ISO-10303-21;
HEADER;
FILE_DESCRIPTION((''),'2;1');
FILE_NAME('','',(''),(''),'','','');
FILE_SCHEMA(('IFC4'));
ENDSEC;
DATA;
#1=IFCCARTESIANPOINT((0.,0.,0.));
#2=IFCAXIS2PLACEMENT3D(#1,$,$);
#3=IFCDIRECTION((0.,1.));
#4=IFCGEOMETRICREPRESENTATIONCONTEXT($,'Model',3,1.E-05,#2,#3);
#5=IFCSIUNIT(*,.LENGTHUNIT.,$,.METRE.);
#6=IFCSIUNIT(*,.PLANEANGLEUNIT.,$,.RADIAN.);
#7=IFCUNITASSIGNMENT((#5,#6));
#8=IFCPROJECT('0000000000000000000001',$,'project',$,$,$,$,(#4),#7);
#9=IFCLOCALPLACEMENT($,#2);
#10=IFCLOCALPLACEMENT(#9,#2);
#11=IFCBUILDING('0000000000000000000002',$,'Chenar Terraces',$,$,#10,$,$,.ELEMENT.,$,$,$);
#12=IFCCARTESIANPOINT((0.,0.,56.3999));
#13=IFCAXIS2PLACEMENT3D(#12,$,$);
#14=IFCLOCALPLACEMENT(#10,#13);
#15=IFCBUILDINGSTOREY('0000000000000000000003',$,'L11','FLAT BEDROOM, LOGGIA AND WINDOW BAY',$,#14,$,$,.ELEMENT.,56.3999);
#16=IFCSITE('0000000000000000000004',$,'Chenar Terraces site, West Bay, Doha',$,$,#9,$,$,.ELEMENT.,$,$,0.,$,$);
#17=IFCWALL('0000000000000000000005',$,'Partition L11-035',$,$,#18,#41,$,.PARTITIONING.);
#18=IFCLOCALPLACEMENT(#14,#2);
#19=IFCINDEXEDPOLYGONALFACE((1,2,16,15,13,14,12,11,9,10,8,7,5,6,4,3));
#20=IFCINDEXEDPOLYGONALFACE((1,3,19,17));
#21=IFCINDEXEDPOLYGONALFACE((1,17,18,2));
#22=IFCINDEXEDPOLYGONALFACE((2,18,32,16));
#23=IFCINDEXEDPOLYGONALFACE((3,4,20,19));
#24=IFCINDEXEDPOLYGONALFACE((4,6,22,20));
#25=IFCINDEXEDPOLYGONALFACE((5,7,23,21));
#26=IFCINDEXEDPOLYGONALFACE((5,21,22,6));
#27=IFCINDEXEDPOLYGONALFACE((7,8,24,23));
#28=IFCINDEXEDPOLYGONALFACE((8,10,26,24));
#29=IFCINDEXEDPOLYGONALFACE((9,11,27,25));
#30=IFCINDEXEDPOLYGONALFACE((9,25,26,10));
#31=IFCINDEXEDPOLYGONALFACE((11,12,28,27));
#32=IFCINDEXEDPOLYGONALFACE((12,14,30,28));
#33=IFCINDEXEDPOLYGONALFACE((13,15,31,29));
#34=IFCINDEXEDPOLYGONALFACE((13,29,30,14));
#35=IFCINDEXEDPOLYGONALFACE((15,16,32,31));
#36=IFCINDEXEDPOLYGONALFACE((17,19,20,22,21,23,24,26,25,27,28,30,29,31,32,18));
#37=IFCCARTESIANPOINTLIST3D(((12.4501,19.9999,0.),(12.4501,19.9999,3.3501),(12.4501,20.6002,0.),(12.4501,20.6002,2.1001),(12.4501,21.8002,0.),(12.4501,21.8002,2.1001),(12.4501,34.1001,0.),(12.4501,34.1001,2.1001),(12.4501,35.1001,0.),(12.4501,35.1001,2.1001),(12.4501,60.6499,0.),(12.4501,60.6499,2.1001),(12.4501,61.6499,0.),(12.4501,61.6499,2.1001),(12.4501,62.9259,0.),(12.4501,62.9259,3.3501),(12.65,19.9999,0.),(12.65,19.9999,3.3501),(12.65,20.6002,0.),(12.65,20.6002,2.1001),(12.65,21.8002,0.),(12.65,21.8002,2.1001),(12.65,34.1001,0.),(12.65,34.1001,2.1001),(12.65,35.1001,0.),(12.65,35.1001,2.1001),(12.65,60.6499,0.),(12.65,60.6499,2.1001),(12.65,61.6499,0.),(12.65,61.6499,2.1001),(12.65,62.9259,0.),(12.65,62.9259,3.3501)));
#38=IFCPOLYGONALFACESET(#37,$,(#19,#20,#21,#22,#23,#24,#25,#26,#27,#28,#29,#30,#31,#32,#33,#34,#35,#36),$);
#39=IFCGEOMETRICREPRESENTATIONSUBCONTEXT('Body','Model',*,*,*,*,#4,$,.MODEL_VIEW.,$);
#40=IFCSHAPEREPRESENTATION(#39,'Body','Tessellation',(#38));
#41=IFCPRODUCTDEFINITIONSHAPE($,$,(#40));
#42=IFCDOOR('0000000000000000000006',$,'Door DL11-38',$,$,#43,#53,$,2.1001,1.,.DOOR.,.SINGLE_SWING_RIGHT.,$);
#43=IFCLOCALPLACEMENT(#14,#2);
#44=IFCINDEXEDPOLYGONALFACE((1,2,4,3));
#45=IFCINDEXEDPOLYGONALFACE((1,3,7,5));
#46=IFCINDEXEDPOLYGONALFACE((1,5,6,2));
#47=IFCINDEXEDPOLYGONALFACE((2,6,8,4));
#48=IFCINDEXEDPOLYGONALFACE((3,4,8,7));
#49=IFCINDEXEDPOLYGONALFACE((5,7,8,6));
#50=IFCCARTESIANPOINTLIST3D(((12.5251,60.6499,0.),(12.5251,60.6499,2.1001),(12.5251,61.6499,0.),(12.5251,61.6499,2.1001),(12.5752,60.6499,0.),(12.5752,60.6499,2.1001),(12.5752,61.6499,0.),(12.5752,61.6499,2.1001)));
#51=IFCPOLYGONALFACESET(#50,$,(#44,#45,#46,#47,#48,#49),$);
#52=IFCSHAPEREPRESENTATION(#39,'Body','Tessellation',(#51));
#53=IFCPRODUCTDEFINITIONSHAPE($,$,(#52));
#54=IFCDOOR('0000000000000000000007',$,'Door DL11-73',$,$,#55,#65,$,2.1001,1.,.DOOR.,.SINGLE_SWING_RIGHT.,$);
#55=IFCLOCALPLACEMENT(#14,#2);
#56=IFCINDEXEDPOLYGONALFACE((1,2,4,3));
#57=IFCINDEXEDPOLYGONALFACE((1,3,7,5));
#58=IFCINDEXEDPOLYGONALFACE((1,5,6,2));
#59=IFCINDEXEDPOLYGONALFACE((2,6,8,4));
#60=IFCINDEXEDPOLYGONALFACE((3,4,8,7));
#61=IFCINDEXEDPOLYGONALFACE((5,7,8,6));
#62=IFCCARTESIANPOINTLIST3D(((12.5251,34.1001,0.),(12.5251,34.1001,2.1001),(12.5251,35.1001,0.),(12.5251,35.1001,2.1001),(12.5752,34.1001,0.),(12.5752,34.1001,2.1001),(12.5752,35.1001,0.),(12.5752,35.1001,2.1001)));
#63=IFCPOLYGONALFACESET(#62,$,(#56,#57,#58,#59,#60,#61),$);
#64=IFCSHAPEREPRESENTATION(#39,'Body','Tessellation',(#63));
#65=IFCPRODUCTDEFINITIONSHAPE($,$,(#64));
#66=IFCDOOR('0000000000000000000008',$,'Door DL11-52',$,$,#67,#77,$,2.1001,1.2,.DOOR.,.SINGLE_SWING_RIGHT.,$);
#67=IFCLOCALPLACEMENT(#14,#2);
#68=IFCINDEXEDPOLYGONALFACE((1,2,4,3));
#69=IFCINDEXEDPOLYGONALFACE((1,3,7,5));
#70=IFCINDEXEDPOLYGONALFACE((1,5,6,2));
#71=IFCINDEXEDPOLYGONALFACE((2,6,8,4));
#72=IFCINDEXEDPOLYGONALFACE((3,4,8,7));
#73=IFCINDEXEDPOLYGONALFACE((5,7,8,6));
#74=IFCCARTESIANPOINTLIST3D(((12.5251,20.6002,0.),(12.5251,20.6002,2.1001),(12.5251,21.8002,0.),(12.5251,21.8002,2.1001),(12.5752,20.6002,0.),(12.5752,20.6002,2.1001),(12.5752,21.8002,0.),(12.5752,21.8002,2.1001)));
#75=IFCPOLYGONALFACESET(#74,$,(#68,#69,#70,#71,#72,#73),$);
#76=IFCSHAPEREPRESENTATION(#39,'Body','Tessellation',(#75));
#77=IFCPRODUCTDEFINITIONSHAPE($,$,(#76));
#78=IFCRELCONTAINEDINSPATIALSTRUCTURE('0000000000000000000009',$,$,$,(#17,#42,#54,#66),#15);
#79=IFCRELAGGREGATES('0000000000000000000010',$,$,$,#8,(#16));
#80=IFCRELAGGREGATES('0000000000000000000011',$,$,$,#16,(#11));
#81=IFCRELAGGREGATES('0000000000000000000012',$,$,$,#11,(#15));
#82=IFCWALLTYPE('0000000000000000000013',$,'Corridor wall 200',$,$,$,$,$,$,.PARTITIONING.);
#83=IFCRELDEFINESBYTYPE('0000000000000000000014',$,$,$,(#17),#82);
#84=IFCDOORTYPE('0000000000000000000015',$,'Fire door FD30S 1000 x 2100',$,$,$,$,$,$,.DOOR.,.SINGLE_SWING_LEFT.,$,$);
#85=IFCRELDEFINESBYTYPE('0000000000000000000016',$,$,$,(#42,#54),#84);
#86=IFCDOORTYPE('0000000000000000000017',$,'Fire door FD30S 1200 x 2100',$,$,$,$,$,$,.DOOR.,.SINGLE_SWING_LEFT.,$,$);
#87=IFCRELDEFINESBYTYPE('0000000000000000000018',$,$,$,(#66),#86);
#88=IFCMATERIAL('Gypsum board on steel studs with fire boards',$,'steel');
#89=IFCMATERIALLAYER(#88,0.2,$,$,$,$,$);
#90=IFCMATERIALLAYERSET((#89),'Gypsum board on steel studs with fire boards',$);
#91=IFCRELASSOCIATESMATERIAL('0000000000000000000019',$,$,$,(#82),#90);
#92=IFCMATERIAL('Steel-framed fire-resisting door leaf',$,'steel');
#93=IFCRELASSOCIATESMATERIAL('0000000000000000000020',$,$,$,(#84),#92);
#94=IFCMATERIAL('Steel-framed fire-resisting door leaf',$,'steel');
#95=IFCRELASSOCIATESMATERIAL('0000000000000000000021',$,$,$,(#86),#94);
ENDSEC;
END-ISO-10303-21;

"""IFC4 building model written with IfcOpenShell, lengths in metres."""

from ifc_helpers import new_model, si_unit, direction, frame, frame_2d, origin, place, context, subcontext, project, spatial, rectangle, extrude, material, layer, layer_set, type_object, element, fill, save


model = new_model("IFC4")

# Units and contexts
model_context = context("Model", 3, precision=1e-05, world=origin(), true_north=direction((0.0, 1.0)))
body_context = subcontext(model_context, "Body", "Model", "MODEL_VIEW")
ifc_project = project(units=[si_unit("LENGTHUNIT", "METRE"), si_unit("PLANEANGLEUNIT", "RADIAN")], contexts=[model_context])

# Site, building, storey
site_placement = place(None, origin())
site = spatial("IfcSite", under=ifc_project, at=site_placement, Name="Chenar Terraces site, West Bay, Doha", CompositionType="ELEMENT", RefElevation=0.0)
building_placement = place(site_placement, origin())
building = spatial("IfcBuilding", under=site, at=building_placement, Name="Chenar Terraces", CompositionType="ELEMENT")
storey_placement = place(building_placement, frame((0.0, 0.0, 56.3999)))
storey = spatial("IfcBuildingStorey", under=building, at=storey_placement, Name="L11", Description="FLAT BEDROOM, LOGGIA AND WINDOW BAY", CompositionType="ELEMENT", Elevation=56.3999)

# Wall, openings, doors
ifc_material_1 = material(Name="Gypsum board on steel studs with fire boards", Category="steel")
ifc_layer_1 = layer(ifc_material_1, 0.2)
ifc_layer_set_1 = layer_set([ifc_layer_1], Name="Gypsum board on steel studs with fire boards")
wall_type_1 = type_object("IfcWallType", Name="Corridor wall 200", PredefinedType="PARTITIONING", material=ifc_layer_set_1)
wall_1_placement = place(storey_placement, frame((12.55, 20.0, 0.0), z_axis=(0.0, 0.0, 1.0), x_axis=(0.0, 1.0, 0.0)))
wall_1 = element("IfcWall", 1, at=wall_1_placement, inside=storey, type_object=wall_type_1, Name="Partition L11-035", PredefinedType="PARTITIONING", context=body_context, shape_type="SweptSolid", body=[
    extrude(rectangle(XDim=42.926, YDim=0.2, at=frame_2d((21.4629, 0.0))), origin(), (0.0, 0.0, 1.0), 3.3501),
])
opening_1_placement = place(wall_1_placement, frame((40.6499, 0.0, 0.0)))
opening_1 = element("IfcOpeningElement", 2, at=opening_1_placement, cuts=wall_1, PredefinedType="OPENING", context=body_context, shape_type="SweptSolid", body=[
    extrude(rectangle(XDim=1.0, YDim=2.1001, at=frame_2d((0.5, 1.05))), frame((0.0, 0.1099, 0.0), z_axis=(0.0, -1.0, 0.0), x_axis=(1.0, 0.0, 0.0)), (0.0, 0.0, 1.0), 0.22),
])
opening_2_placement = place(wall_1_placement, frame((0.6001, 0.0, 0.0)))
opening_2 = element("IfcOpeningElement", 3, at=opening_2_placement, cuts=wall_1, PredefinedType="OPENING", context=body_context, shape_type="SweptSolid", body=[
    extrude(rectangle(XDim=1.2, YDim=2.1001, at=frame_2d((0.6001, 1.05))), frame((0.0, 0.1099, 0.0), z_axis=(0.0, -1.0, 0.0), x_axis=(1.0, 0.0, 0.0)), (0.0, 0.0, 1.0), 0.22),
])
opening_3_placement = place(wall_1_placement, frame((14.1001, 0.0, 0.0)))
opening_3 = element("IfcOpeningElement", 4, at=opening_3_placement, cuts=wall_1, PredefinedType="OPENING", context=body_context, shape_type="SweptSolid", body=[
    extrude(rectangle(XDim=1.0, YDim=2.1001, at=frame_2d((0.5, 1.05))), frame((0.0, 0.1099, 0.0), z_axis=(0.0, -1.0, 0.0), x_axis=(1.0, 0.0, 0.0)), (0.0, 0.0, 1.0), 0.22),
])
ifc_material_2 = material(Name="Steel-framed fire-resisting door leaf", Category="steel")
door_type_1 = type_object("IfcDoorType", Name="Fire door FD30S 1000 x 2100", OperationType="SINGLE_SWING_LEFT", PredefinedType="DOOR", material=ifc_material_2)
door_1_placement = place(opening_1_placement, origin())
door_1 = element("IfcDoor", 5, at=door_1_placement, inside=storey, type_object=door_type_1, Name="Door DL11-38", OperationType="SINGLE_SWING_RIGHT", OverallHeight=2.1001, OverallWidth=1.0, PredefinedType="DOOR", context=body_context, shape_type="SweptSolid", body=[
    extrude(rectangle(XDim=1.0, YDim=2.1001, at=frame_2d((0.5, 1.05))), frame((0.0, 0.0249, 0.0), z_axis=(0.0, -1.0, 0.0), x_axis=(1.0, 0.0, 0.0)), (0.0, 0.0, 1.0), 0.05),
])
fill(opening_1, door_1)
door_2_placement = place(opening_3_placement, origin())
door_2 = element("IfcDoor", 6, at=door_2_placement, inside=storey, type_object=door_type_1, Name="Door DL11-73", OperationType="SINGLE_SWING_RIGHT", OverallHeight=2.1001, OverallWidth=1.0, PredefinedType="DOOR", context=body_context, shape_type="SweptSolid", body=[
    extrude(rectangle(XDim=1.0, YDim=2.1001, at=frame_2d((0.5, 1.05))), frame((0.0, 0.0249, 0.0), z_axis=(0.0, -1.0, 0.0), x_axis=(1.0, 0.0, 0.0)), (0.0, 0.0, 1.0), 0.05),
])
fill(opening_3, door_2)
ifc_material_3 = material(Name="Steel-framed fire-resisting door leaf", Category="steel")
door_type_2 = type_object("IfcDoorType", Name="Fire door FD30S 1200 x 2100", OperationType="SINGLE_SWING_LEFT", PredefinedType="DOOR", material=ifc_material_3)
door_3_placement = place(opening_2_placement, origin())
door_3 = element("IfcDoor", 7, at=door_3_placement, inside=storey, type_object=door_type_2, Name="Door DL11-52", OperationType="SINGLE_SWING_RIGHT", OverallHeight=2.1001, OverallWidth=1.2, PredefinedType="DOOR", context=body_context, shape_type="SweptSolid", body=[
    extrude(rectangle(XDim=1.2, YDim=2.1001, at=frame_2d((0.6001, 1.05))), frame((0.0, 0.0249, 0.0), z_axis=(0.0, -1.0, 0.0), x_axis=(1.0, 0.0, 0.0)), (0.0, 0.0, 1.0), 0.05),
])
fill(opening_2, door_3)

save(model, "model.ifc")
